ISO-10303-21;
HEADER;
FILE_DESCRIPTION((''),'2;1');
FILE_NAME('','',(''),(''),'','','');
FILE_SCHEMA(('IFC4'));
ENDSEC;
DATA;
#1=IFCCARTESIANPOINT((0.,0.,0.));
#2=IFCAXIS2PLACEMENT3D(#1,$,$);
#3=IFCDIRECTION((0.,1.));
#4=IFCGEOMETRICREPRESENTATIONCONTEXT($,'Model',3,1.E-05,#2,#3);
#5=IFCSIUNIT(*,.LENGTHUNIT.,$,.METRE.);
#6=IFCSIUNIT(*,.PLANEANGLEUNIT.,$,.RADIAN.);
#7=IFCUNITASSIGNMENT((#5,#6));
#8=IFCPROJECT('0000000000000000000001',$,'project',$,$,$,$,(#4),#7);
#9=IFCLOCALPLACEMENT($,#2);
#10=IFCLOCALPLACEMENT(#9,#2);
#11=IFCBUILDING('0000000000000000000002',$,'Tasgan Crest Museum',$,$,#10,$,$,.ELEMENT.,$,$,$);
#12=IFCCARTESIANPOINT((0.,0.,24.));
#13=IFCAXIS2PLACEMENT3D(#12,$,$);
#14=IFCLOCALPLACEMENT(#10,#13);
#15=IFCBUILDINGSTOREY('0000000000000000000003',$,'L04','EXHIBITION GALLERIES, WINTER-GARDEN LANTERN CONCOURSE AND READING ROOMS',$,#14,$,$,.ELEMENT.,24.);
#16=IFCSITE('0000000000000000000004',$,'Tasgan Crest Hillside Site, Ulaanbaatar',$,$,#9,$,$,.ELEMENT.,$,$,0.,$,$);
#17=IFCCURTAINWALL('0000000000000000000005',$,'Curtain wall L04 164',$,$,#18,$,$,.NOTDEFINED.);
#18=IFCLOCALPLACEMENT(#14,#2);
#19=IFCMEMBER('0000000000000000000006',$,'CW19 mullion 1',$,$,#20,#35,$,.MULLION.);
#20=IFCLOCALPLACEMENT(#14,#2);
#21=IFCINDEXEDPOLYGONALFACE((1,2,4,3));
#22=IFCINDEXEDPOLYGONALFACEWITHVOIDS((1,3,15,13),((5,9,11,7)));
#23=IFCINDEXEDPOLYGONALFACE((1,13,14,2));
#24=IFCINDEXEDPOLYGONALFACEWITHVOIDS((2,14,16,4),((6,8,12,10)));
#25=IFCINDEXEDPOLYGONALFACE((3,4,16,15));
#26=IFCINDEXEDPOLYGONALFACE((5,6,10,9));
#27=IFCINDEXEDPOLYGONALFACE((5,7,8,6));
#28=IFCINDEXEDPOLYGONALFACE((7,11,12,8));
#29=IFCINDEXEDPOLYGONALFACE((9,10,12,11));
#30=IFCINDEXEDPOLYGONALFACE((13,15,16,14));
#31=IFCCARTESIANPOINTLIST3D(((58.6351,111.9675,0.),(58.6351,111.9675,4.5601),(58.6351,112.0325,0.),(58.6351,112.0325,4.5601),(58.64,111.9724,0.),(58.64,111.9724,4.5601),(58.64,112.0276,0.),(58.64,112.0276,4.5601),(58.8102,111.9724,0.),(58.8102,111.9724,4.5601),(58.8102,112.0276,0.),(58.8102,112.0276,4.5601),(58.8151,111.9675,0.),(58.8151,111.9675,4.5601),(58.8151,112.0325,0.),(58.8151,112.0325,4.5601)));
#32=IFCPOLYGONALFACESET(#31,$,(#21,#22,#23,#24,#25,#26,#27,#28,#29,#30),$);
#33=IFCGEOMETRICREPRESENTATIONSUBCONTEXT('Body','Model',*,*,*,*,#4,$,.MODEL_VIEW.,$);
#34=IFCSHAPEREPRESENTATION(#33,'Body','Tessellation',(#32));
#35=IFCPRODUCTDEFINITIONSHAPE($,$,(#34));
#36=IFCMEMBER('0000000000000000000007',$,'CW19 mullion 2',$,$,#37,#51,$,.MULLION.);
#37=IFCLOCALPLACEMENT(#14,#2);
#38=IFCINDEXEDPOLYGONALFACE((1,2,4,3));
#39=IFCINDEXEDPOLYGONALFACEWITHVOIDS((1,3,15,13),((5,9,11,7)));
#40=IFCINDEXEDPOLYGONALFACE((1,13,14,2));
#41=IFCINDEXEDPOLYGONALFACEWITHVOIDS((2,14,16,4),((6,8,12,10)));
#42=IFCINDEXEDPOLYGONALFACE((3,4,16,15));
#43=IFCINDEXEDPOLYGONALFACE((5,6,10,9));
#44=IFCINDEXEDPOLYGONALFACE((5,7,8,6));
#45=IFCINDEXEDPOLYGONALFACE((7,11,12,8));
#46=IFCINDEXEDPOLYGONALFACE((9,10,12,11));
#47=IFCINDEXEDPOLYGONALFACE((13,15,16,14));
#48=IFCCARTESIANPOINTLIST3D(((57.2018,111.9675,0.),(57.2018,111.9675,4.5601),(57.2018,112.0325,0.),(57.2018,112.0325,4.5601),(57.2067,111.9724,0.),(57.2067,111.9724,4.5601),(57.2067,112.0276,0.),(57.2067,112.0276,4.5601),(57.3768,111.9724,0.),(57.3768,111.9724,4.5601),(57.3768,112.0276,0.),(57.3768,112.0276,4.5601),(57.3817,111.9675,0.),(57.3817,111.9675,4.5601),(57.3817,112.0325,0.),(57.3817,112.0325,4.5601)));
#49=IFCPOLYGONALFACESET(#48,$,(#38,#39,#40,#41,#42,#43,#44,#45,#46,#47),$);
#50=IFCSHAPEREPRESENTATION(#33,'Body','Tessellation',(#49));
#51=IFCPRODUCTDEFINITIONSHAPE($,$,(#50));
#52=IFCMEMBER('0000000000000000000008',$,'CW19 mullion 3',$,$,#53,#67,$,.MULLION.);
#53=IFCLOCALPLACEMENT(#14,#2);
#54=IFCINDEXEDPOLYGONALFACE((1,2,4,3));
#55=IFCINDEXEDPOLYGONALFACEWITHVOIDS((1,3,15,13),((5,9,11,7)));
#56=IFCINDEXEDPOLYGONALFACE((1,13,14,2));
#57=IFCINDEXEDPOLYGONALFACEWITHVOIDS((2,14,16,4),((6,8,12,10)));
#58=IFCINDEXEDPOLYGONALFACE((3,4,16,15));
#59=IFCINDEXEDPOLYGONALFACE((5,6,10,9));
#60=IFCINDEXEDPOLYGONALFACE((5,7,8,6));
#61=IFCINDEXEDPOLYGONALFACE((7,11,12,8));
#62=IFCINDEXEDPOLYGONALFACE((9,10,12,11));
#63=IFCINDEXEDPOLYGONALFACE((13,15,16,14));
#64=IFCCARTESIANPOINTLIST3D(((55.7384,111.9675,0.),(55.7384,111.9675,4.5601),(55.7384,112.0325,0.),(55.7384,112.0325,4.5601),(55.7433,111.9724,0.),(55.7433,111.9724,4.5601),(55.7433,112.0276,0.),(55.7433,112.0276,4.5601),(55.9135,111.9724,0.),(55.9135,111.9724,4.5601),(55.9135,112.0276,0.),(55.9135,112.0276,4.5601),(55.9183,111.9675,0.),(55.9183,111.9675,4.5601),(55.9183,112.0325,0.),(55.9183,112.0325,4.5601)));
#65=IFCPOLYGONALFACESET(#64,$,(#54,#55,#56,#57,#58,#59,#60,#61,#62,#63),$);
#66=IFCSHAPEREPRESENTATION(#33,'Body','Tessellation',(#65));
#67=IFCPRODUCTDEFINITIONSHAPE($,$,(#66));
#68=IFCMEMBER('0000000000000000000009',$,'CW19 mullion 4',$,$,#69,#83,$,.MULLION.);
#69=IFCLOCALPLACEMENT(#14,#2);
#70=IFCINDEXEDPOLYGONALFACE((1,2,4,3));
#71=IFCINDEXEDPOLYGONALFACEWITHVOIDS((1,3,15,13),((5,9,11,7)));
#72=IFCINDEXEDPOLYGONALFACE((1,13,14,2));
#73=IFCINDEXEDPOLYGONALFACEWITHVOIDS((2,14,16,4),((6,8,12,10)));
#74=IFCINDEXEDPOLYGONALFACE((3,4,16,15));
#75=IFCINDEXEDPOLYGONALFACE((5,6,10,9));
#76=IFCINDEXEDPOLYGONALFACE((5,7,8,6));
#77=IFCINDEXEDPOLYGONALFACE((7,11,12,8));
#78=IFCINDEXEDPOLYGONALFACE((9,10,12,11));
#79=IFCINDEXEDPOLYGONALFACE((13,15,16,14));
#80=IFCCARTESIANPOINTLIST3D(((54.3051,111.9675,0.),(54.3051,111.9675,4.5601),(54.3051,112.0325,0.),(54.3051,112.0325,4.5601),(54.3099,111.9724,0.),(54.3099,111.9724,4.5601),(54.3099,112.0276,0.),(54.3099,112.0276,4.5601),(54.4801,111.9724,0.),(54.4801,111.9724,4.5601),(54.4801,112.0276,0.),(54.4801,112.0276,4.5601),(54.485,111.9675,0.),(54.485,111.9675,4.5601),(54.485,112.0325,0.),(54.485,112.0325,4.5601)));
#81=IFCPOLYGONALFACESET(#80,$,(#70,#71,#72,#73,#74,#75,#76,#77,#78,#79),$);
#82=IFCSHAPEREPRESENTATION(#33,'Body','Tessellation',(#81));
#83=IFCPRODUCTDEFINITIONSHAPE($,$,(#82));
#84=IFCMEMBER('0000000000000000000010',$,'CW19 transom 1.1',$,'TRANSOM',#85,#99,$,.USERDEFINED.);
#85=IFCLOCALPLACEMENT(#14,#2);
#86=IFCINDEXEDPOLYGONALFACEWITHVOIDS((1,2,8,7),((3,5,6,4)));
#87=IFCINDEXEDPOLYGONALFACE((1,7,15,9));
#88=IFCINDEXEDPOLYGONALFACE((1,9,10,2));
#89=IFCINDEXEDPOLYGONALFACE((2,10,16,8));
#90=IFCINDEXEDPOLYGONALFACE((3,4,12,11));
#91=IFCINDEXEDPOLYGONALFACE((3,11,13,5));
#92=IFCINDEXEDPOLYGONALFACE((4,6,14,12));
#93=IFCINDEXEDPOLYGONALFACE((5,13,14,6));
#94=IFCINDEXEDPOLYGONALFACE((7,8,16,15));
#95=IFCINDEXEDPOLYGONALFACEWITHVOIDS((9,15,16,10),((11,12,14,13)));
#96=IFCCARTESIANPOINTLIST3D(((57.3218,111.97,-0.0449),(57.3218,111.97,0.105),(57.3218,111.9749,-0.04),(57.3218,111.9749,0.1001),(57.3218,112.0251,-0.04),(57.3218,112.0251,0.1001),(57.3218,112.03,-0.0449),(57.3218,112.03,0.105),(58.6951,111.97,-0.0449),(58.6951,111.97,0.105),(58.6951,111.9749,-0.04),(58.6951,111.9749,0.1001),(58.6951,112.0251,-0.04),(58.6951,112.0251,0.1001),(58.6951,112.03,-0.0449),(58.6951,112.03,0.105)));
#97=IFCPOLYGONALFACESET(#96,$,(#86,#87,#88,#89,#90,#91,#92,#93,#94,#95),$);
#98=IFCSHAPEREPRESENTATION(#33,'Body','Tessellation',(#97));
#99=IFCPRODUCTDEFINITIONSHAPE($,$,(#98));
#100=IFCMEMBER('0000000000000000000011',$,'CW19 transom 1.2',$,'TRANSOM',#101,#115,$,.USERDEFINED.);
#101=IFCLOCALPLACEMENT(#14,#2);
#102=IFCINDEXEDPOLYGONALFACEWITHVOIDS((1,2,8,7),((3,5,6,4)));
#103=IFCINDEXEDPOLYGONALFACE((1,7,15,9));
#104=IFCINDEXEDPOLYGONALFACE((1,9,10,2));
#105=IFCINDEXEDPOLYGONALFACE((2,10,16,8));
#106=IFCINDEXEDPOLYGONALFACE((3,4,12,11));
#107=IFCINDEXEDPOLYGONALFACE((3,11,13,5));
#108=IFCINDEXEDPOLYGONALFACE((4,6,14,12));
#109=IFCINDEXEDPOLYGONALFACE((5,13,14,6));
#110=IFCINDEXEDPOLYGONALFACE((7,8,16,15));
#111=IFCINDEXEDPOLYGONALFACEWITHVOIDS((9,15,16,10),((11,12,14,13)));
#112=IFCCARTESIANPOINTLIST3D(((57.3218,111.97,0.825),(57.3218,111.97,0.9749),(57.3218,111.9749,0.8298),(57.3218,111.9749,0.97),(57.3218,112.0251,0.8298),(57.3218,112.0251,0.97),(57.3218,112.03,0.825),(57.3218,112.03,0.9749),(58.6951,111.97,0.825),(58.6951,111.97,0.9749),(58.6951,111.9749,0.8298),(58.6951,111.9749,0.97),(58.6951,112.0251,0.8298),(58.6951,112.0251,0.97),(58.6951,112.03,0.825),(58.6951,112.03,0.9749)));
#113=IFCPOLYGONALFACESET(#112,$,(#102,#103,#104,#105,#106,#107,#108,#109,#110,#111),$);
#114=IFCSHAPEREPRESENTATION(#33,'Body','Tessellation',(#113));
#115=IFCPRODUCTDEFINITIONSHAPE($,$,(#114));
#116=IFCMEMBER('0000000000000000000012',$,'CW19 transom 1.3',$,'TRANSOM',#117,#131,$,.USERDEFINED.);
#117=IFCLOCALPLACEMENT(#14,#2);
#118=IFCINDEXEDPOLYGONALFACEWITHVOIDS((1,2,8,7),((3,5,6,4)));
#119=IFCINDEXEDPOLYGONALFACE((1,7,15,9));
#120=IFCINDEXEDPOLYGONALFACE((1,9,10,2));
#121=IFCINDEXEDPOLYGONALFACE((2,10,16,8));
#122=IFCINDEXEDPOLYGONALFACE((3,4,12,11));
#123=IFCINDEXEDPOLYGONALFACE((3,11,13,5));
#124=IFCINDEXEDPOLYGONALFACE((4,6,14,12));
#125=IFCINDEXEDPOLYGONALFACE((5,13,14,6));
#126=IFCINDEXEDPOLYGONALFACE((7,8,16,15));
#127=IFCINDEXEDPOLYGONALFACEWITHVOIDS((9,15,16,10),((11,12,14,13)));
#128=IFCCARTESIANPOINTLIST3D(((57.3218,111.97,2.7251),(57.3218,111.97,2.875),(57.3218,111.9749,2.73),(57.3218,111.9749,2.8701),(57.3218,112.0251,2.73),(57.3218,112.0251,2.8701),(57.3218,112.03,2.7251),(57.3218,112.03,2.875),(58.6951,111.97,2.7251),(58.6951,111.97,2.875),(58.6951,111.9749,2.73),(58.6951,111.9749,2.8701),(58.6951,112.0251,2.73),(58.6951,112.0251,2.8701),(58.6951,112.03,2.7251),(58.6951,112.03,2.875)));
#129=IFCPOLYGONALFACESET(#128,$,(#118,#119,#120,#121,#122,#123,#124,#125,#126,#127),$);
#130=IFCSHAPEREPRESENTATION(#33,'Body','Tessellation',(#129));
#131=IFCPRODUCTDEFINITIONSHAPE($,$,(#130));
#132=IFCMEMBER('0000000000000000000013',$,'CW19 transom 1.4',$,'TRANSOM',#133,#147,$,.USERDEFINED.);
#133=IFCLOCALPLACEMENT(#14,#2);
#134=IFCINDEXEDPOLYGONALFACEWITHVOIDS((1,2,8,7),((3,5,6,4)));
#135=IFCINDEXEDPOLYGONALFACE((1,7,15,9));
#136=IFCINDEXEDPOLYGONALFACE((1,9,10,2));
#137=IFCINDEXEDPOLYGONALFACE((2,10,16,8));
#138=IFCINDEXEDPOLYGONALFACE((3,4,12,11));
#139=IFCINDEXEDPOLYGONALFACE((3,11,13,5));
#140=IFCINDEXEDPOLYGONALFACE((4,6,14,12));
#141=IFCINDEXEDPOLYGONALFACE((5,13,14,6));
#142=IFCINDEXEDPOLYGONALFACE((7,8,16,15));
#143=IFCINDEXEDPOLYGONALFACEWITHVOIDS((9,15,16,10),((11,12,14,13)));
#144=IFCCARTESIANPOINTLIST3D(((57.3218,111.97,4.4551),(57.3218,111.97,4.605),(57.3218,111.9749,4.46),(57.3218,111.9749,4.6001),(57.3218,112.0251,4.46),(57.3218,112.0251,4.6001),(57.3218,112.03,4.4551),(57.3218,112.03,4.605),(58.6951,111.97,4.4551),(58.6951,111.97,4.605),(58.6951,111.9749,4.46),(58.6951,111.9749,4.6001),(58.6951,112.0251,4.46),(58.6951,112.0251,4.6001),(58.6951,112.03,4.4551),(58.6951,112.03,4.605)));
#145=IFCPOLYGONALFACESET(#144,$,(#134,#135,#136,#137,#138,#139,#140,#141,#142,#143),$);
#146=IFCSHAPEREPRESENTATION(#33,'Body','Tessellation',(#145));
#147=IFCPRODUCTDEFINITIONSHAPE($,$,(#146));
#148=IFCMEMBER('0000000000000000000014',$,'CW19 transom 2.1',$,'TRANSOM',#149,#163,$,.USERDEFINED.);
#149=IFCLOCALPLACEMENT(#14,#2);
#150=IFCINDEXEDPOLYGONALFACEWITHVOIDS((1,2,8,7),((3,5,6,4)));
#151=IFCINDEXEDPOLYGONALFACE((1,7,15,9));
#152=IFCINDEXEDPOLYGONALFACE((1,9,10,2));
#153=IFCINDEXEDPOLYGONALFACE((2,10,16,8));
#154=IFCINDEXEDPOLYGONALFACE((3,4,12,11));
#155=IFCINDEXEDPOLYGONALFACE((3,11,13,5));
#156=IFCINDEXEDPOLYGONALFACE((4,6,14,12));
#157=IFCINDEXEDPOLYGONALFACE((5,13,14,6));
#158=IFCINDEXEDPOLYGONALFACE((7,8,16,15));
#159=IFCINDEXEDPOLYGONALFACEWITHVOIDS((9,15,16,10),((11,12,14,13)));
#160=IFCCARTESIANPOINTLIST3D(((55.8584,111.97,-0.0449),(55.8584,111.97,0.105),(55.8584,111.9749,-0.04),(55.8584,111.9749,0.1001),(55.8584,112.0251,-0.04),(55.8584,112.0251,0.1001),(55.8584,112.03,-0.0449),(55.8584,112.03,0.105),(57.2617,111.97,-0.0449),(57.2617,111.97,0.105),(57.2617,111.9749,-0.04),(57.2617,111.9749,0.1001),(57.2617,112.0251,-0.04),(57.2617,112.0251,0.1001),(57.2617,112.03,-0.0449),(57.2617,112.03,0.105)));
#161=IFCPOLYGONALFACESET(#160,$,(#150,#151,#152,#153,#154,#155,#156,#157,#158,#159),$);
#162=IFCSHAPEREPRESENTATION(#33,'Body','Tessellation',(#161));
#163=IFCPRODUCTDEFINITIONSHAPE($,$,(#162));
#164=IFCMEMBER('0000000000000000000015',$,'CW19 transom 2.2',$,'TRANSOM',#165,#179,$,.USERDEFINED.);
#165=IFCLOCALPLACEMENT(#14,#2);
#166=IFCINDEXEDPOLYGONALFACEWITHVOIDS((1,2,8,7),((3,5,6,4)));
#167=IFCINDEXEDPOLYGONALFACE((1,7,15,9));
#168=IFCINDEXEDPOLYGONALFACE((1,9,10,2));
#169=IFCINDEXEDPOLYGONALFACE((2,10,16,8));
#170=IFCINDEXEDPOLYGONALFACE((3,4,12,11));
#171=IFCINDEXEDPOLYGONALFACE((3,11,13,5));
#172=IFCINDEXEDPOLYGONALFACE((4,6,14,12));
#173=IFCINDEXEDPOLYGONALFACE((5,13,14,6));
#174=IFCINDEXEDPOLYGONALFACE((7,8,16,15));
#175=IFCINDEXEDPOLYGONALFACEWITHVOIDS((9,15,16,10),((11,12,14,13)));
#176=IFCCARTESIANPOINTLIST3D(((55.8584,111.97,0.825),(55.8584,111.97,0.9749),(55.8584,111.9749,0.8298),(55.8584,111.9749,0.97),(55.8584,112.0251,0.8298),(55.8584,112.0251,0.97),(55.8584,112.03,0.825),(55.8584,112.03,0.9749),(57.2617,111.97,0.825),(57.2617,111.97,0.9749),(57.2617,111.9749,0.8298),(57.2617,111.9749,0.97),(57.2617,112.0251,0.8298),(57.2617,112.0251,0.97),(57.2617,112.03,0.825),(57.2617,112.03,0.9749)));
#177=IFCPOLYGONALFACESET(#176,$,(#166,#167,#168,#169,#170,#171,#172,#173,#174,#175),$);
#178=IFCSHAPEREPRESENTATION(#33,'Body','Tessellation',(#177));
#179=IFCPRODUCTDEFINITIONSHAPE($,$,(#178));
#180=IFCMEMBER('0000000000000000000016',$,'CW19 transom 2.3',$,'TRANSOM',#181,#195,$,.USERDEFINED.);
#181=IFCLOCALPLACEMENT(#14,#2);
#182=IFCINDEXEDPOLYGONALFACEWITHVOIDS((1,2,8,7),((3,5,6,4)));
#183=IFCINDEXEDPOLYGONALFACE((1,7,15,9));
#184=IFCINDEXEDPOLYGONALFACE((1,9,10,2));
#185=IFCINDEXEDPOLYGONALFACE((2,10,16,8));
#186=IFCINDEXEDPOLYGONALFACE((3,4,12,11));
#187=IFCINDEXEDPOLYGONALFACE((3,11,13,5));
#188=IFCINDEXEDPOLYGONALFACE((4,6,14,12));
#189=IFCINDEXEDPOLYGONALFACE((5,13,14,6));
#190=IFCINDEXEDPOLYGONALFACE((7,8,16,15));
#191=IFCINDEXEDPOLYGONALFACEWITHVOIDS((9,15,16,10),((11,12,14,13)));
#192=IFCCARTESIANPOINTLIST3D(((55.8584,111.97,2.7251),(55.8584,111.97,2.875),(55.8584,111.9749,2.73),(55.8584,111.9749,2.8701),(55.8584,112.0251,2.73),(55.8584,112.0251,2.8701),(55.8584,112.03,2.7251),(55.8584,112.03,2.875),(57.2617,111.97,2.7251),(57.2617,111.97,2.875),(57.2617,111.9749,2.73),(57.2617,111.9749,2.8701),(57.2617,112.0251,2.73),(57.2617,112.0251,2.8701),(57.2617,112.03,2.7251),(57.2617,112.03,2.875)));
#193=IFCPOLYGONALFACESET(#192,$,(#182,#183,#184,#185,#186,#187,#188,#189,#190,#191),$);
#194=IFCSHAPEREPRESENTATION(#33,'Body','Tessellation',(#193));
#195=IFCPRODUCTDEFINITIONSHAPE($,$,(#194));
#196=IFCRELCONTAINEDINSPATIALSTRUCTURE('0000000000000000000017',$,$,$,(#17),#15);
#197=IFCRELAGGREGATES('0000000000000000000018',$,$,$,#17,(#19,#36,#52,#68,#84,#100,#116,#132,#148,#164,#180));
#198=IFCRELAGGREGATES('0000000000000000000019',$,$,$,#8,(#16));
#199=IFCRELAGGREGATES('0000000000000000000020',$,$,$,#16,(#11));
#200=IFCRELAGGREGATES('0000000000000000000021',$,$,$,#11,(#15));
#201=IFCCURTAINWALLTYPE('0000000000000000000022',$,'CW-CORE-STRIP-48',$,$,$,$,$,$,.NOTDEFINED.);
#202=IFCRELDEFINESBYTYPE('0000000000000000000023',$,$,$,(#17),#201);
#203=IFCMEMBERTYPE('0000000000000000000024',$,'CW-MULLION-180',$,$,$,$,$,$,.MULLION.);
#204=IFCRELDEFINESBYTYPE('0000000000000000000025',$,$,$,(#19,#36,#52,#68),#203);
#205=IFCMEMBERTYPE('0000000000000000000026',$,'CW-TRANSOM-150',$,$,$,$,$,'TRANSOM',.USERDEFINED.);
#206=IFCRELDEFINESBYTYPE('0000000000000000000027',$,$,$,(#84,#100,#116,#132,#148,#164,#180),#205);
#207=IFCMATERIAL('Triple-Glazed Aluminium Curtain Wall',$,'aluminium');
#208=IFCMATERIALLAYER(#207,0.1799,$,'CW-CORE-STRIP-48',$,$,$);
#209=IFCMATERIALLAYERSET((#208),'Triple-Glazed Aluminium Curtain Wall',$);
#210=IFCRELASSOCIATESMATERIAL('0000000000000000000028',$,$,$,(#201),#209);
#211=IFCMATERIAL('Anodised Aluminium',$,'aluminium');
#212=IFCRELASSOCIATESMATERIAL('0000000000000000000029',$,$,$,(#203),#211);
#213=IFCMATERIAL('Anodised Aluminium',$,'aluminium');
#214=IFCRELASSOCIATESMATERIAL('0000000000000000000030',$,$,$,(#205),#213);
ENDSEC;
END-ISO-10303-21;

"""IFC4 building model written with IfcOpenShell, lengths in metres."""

from ifc_helpers import new_model, si_unit, direction, frame, origin, origin_2d, place, context, subcontext, project, spatial, hollow_rectangle, extrude, material, layer, layer_set, material_profile, profile_set, type_object, element, aggregate, save


model = new_model("IFC4")

# Units and contexts
model_context = context("Model", 3, precision=1e-05, world=origin(), true_north=direction((0.0, 1.0)))
body_context = subcontext(model_context, "Body", "Model", "MODEL_VIEW")
ifc_project = project(units=[si_unit("LENGTHUNIT", "METRE"), si_unit("PLANEANGLEUNIT", "RADIAN")], contexts=[model_context])

# Site, building, storey
site_placement = place(None, origin())
site = spatial("IfcSite", under=ifc_project, at=site_placement, Name="Tasgan Crest Hillside Site, Ulaanbaatar", CompositionType="ELEMENT", RefElevation=0.0)
building_placement = place(site_placement, origin())
building = spatial("IfcBuilding", under=site, at=building_placement, Name="Tasgan Crest Museum", CompositionType="ELEMENT")
storey_placement = place(building_placement, frame((0.0, 0.0, 24.0)))
storey = spatial("IfcBuildingStorey", under=building, at=storey_placement, Name="L04", Description="EXHIBITION GALLERIES, WINTER-GARDEN LANTERN CONCOURSE AND READING ROOMS", CompositionType="ELEMENT", Elevation=24.0)

# Curtain wall, members
ifc_material_1 = material(Name="Triple-Glazed Aluminium Curtain Wall", Category="aluminium")
ifc_layer_1 = layer(ifc_material_1, 0.1799, Name="CW-CORE-STRIP-48")
ifc_layer_set_1 = layer_set([ifc_layer_1], Name="Triple-Glazed Aluminium Curtain Wall")
curtain_wall_type = type_object("IfcCurtainWallType", Name="CW-CORE-STRIP-48", PredefinedType="NOTDEFINED", material=ifc_layer_set_1)
curtain_wall_placement = place(storey_placement, origin())
curtain_wall = element("IfcCurtainWall", 1, at=curtain_wall_placement, inside=storey, type_object=curtain_wall_type, Name="Curtain wall L04 164", PredefinedType="NOTDEFINED")
ifc_material_2 = material(Name="Anodised Aluminium", Category="aluminium")
ifc_material_profile_1 = material_profile(ifc_material_2, hollow_rectangle(XDim=0.0649, YDim=0.1799, WallThickness=0.0049, at=origin_2d()), Name="ALU MULLION 180x65x5")
ifc_profile_set_1 = profile_set([ifc_material_profile_1], Name="Anodised Aluminium")
member_type_1 = type_object("IfcMemberType", Name="CW-MULLION-180", PredefinedType="MULLION", material=ifc_profile_set_1)
member_1_placement = place(storey_placement, frame((58.7251, 112.0, 0.0), z_axis=(0.0, 0.0, 1.0), x_axis=(0.0, -1.0, 0.0)))
member_1 = element("IfcMember", 2, at=member_1_placement, type_object=member_type_1, Name="CW19 mullion 1", PredefinedType="MULLION", context=body_context, shape_type="SweptSolid", body=[
    extrude(hollow_rectangle(XDim=0.0649, YDim=0.1799, WallThickness=0.0049, at=origin_2d()), origin(), (0.0, 0.0, 1.0), 4.5601),
])
member_2_placement = place(storey_placement, frame((57.2917, 112.0, 0.0), z_axis=(0.0, 0.0, 1.0), x_axis=(0.0, -1.0, 0.0)))
member_2 = element("IfcMember", 3, at=member_2_placement, type_object=member_type_1, Name="CW19 mullion 2", PredefinedType="MULLION", context=body_context, shape_type="SweptSolid", body=[
    extrude(hollow_rectangle(XDim=0.0649, YDim=0.1799, WallThickness=0.0049, at=origin_2d()), origin(), (0.0, 0.0, 1.0), 4.5601),
])
member_3_placement = place(storey_placement, frame((55.8284, 112.0, 0.0), z_axis=(0.0, 0.0, 1.0), x_axis=(0.0, -1.0, 0.0)))
member_3 = element("IfcMember", 4, at=member_3_placement, type_object=member_type_1, Name="CW19 mullion 3", PredefinedType="MULLION", context=body_context, shape_type="SweptSolid", body=[
    extrude(hollow_rectangle(XDim=0.0649, YDim=0.1799, WallThickness=0.0049, at=origin_2d()), origin(), (0.0, 0.0, 1.0), 4.5601),
])
member_4_placement = place(storey_placement, frame((54.395, 112.0, 0.0), z_axis=(0.0, 0.0, 1.0), x_axis=(0.0, -1.0, 0.0)))
member_4 = element("IfcMember", 5, at=member_4_placement, type_object=member_type_1, Name="CW19 mullion 4", PredefinedType="MULLION", context=body_context, shape_type="SweptSolid", body=[
    extrude(hollow_rectangle(XDim=0.0649, YDim=0.1799, WallThickness=0.0049, at=origin_2d()), origin(), (0.0, 0.0, 1.0), 4.5601),
])
ifc_material_3 = material(Name="Anodised Aluminium", Category="aluminium")
ifc_material_profile_2 = material_profile(ifc_material_3, hollow_rectangle(XDim=0.0601, YDim=0.1499, WallThickness=0.0049, at=origin_2d()), Name="ALU TRANSOM 150x60x5")
ifc_profile_set_2 = profile_set([ifc_material_profile_2], Name="Anodised Aluminium")
member_type_2 = type_object("IfcMemberType", Name="CW-TRANSOM-150", ElementType="TRANSOM", PredefinedType="USERDEFINED", material=ifc_profile_set_2)
member_5_placement = place(storey_placement, frame((58.6951, 112.0, 0.03), z_axis=(-1.0, 0.0, 0.0), x_axis=(0.0, -1.0, 0.0)))
member_5 = element("IfcMember", 6, at=member_5_placement, type_object=member_type_2, Name="CW19 transom 1.1", ObjectType="TRANSOM", PredefinedType="USERDEFINED", context=body_context, shape_type="SweptSolid", body=[
    extrude(hollow_rectangle(XDim=0.0601, YDim=0.1499, WallThickness=0.0049, at=origin_2d()), origin(), (0.0, 0.0, 1.0), 1.3733),
])
member_6_placement = place(storey_placement, frame((58.6951, 112.0, 0.8999), z_axis=(-1.0, 0.0, 0.0), x_axis=(0.0, -1.0, 0.0)))
member_6 = element("IfcMember", 7, at=member_6_placement, type_object=member_type_2, Name="CW19 transom 1.2", ObjectType="TRANSOM", PredefinedType="USERDEFINED", context=body_context, shape_type="SweptSolid", body=[
    extrude(hollow_rectangle(XDim=0.0601, YDim=0.1499, WallThickness=0.0049, at=origin_2d()), origin(), (0.0, 0.0, 1.0), 1.3733),
])
member_7_placement = place(storey_placement, frame((58.6951, 112.0, 2.8), z_axis=(-1.0, 0.0, 0.0), x_axis=(0.0, -1.0, 0.0)))
member_7 = element("IfcMember", 8, at=member_7_placement, type_object=member_type_2, Name="CW19 transom 1.3", ObjectType="TRANSOM", PredefinedType="USERDEFINED", context=body_context, shape_type="SweptSolid", body=[
    extrude(hollow_rectangle(XDim=0.0601, YDim=0.1499, WallThickness=0.0049, at=origin_2d()), origin(), (0.0, 0.0, 1.0), 1.3733),
])
member_8_placement = place(storey_placement, frame((58.6951, 112.0, 4.53), z_axis=(-1.0, 0.0, 0.0), x_axis=(0.0, -1.0, 0.0)))
member_8 = element("IfcMember", 9, at=member_8_placement, type_object=member_type_2, Name="CW19 transom 1.4", ObjectType="TRANSOM", PredefinedType="USERDEFINED", context=body_context, shape_type="SweptSolid", body=[
    extrude(hollow_rectangle(XDim=0.0601, YDim=0.1499, WallThickness=0.0049, at=origin_2d()), origin(), (0.0, 0.0, 1.0), 1.3733),
])
member_9_placement = place(storey_placement, frame((57.2617, 112.0, 0.03), z_axis=(-1.0, 0.0, 0.0), x_axis=(0.0, -1.0, 0.0)))
member_9 = element("IfcMember", 10, at=member_9_placement, type_object=member_type_2, Name="CW19 transom 2.1", ObjectType="TRANSOM", PredefinedType="USERDEFINED", context=body_context, shape_type="SweptSolid", body=[
    extrude(hollow_rectangle(XDim=0.0601, YDim=0.1499, WallThickness=0.0049, at=origin_2d()), origin(), (0.0, 0.0, 1.0), 1.4033),
])
member_10_placement = place(storey_placement, frame((57.2617, 112.0, 0.8999), z_axis=(-1.0, 0.0, 0.0), x_axis=(0.0, -1.0, 0.0)))
member_10 = element("IfcMember", 11, at=member_10_placement, type_object=member_type_2, Name="CW19 transom 2.2", ObjectType="TRANSOM", PredefinedType="USERDEFINED", context=body_context, shape_type="SweptSolid", body=[
    extrude(hollow_rectangle(XDim=0.0601, YDim=0.1499, WallThickness=0.0049, at=origin_2d()), origin(), (0.0, 0.0, 1.0), 1.4033),
])
member_11_placement = place(storey_placement, frame((57.2617, 112.0, 2.8), z_axis=(-1.0, 0.0, 0.0), x_axis=(0.0, -1.0, 0.0)))
member_11 = element("IfcMember", 12, at=member_11_placement, type_object=member_type_2, Name="CW19 transom 2.3", ObjectType="TRANSOM", PredefinedType="USERDEFINED", context=body_context, shape_type="SweptSolid", body=[
    extrude(hollow_rectangle(XDim=0.0601, YDim=0.1499, WallThickness=0.0049, at=origin_2d()), origin(), (0.0, 0.0, 1.0), 1.4033),
])
aggregate(curtain_wall, [member_1, member_2, member_3, member_4, member_5, member_6, member_7, member_8, member_9, member_10, member_11])

save(model, "model.ifc")
